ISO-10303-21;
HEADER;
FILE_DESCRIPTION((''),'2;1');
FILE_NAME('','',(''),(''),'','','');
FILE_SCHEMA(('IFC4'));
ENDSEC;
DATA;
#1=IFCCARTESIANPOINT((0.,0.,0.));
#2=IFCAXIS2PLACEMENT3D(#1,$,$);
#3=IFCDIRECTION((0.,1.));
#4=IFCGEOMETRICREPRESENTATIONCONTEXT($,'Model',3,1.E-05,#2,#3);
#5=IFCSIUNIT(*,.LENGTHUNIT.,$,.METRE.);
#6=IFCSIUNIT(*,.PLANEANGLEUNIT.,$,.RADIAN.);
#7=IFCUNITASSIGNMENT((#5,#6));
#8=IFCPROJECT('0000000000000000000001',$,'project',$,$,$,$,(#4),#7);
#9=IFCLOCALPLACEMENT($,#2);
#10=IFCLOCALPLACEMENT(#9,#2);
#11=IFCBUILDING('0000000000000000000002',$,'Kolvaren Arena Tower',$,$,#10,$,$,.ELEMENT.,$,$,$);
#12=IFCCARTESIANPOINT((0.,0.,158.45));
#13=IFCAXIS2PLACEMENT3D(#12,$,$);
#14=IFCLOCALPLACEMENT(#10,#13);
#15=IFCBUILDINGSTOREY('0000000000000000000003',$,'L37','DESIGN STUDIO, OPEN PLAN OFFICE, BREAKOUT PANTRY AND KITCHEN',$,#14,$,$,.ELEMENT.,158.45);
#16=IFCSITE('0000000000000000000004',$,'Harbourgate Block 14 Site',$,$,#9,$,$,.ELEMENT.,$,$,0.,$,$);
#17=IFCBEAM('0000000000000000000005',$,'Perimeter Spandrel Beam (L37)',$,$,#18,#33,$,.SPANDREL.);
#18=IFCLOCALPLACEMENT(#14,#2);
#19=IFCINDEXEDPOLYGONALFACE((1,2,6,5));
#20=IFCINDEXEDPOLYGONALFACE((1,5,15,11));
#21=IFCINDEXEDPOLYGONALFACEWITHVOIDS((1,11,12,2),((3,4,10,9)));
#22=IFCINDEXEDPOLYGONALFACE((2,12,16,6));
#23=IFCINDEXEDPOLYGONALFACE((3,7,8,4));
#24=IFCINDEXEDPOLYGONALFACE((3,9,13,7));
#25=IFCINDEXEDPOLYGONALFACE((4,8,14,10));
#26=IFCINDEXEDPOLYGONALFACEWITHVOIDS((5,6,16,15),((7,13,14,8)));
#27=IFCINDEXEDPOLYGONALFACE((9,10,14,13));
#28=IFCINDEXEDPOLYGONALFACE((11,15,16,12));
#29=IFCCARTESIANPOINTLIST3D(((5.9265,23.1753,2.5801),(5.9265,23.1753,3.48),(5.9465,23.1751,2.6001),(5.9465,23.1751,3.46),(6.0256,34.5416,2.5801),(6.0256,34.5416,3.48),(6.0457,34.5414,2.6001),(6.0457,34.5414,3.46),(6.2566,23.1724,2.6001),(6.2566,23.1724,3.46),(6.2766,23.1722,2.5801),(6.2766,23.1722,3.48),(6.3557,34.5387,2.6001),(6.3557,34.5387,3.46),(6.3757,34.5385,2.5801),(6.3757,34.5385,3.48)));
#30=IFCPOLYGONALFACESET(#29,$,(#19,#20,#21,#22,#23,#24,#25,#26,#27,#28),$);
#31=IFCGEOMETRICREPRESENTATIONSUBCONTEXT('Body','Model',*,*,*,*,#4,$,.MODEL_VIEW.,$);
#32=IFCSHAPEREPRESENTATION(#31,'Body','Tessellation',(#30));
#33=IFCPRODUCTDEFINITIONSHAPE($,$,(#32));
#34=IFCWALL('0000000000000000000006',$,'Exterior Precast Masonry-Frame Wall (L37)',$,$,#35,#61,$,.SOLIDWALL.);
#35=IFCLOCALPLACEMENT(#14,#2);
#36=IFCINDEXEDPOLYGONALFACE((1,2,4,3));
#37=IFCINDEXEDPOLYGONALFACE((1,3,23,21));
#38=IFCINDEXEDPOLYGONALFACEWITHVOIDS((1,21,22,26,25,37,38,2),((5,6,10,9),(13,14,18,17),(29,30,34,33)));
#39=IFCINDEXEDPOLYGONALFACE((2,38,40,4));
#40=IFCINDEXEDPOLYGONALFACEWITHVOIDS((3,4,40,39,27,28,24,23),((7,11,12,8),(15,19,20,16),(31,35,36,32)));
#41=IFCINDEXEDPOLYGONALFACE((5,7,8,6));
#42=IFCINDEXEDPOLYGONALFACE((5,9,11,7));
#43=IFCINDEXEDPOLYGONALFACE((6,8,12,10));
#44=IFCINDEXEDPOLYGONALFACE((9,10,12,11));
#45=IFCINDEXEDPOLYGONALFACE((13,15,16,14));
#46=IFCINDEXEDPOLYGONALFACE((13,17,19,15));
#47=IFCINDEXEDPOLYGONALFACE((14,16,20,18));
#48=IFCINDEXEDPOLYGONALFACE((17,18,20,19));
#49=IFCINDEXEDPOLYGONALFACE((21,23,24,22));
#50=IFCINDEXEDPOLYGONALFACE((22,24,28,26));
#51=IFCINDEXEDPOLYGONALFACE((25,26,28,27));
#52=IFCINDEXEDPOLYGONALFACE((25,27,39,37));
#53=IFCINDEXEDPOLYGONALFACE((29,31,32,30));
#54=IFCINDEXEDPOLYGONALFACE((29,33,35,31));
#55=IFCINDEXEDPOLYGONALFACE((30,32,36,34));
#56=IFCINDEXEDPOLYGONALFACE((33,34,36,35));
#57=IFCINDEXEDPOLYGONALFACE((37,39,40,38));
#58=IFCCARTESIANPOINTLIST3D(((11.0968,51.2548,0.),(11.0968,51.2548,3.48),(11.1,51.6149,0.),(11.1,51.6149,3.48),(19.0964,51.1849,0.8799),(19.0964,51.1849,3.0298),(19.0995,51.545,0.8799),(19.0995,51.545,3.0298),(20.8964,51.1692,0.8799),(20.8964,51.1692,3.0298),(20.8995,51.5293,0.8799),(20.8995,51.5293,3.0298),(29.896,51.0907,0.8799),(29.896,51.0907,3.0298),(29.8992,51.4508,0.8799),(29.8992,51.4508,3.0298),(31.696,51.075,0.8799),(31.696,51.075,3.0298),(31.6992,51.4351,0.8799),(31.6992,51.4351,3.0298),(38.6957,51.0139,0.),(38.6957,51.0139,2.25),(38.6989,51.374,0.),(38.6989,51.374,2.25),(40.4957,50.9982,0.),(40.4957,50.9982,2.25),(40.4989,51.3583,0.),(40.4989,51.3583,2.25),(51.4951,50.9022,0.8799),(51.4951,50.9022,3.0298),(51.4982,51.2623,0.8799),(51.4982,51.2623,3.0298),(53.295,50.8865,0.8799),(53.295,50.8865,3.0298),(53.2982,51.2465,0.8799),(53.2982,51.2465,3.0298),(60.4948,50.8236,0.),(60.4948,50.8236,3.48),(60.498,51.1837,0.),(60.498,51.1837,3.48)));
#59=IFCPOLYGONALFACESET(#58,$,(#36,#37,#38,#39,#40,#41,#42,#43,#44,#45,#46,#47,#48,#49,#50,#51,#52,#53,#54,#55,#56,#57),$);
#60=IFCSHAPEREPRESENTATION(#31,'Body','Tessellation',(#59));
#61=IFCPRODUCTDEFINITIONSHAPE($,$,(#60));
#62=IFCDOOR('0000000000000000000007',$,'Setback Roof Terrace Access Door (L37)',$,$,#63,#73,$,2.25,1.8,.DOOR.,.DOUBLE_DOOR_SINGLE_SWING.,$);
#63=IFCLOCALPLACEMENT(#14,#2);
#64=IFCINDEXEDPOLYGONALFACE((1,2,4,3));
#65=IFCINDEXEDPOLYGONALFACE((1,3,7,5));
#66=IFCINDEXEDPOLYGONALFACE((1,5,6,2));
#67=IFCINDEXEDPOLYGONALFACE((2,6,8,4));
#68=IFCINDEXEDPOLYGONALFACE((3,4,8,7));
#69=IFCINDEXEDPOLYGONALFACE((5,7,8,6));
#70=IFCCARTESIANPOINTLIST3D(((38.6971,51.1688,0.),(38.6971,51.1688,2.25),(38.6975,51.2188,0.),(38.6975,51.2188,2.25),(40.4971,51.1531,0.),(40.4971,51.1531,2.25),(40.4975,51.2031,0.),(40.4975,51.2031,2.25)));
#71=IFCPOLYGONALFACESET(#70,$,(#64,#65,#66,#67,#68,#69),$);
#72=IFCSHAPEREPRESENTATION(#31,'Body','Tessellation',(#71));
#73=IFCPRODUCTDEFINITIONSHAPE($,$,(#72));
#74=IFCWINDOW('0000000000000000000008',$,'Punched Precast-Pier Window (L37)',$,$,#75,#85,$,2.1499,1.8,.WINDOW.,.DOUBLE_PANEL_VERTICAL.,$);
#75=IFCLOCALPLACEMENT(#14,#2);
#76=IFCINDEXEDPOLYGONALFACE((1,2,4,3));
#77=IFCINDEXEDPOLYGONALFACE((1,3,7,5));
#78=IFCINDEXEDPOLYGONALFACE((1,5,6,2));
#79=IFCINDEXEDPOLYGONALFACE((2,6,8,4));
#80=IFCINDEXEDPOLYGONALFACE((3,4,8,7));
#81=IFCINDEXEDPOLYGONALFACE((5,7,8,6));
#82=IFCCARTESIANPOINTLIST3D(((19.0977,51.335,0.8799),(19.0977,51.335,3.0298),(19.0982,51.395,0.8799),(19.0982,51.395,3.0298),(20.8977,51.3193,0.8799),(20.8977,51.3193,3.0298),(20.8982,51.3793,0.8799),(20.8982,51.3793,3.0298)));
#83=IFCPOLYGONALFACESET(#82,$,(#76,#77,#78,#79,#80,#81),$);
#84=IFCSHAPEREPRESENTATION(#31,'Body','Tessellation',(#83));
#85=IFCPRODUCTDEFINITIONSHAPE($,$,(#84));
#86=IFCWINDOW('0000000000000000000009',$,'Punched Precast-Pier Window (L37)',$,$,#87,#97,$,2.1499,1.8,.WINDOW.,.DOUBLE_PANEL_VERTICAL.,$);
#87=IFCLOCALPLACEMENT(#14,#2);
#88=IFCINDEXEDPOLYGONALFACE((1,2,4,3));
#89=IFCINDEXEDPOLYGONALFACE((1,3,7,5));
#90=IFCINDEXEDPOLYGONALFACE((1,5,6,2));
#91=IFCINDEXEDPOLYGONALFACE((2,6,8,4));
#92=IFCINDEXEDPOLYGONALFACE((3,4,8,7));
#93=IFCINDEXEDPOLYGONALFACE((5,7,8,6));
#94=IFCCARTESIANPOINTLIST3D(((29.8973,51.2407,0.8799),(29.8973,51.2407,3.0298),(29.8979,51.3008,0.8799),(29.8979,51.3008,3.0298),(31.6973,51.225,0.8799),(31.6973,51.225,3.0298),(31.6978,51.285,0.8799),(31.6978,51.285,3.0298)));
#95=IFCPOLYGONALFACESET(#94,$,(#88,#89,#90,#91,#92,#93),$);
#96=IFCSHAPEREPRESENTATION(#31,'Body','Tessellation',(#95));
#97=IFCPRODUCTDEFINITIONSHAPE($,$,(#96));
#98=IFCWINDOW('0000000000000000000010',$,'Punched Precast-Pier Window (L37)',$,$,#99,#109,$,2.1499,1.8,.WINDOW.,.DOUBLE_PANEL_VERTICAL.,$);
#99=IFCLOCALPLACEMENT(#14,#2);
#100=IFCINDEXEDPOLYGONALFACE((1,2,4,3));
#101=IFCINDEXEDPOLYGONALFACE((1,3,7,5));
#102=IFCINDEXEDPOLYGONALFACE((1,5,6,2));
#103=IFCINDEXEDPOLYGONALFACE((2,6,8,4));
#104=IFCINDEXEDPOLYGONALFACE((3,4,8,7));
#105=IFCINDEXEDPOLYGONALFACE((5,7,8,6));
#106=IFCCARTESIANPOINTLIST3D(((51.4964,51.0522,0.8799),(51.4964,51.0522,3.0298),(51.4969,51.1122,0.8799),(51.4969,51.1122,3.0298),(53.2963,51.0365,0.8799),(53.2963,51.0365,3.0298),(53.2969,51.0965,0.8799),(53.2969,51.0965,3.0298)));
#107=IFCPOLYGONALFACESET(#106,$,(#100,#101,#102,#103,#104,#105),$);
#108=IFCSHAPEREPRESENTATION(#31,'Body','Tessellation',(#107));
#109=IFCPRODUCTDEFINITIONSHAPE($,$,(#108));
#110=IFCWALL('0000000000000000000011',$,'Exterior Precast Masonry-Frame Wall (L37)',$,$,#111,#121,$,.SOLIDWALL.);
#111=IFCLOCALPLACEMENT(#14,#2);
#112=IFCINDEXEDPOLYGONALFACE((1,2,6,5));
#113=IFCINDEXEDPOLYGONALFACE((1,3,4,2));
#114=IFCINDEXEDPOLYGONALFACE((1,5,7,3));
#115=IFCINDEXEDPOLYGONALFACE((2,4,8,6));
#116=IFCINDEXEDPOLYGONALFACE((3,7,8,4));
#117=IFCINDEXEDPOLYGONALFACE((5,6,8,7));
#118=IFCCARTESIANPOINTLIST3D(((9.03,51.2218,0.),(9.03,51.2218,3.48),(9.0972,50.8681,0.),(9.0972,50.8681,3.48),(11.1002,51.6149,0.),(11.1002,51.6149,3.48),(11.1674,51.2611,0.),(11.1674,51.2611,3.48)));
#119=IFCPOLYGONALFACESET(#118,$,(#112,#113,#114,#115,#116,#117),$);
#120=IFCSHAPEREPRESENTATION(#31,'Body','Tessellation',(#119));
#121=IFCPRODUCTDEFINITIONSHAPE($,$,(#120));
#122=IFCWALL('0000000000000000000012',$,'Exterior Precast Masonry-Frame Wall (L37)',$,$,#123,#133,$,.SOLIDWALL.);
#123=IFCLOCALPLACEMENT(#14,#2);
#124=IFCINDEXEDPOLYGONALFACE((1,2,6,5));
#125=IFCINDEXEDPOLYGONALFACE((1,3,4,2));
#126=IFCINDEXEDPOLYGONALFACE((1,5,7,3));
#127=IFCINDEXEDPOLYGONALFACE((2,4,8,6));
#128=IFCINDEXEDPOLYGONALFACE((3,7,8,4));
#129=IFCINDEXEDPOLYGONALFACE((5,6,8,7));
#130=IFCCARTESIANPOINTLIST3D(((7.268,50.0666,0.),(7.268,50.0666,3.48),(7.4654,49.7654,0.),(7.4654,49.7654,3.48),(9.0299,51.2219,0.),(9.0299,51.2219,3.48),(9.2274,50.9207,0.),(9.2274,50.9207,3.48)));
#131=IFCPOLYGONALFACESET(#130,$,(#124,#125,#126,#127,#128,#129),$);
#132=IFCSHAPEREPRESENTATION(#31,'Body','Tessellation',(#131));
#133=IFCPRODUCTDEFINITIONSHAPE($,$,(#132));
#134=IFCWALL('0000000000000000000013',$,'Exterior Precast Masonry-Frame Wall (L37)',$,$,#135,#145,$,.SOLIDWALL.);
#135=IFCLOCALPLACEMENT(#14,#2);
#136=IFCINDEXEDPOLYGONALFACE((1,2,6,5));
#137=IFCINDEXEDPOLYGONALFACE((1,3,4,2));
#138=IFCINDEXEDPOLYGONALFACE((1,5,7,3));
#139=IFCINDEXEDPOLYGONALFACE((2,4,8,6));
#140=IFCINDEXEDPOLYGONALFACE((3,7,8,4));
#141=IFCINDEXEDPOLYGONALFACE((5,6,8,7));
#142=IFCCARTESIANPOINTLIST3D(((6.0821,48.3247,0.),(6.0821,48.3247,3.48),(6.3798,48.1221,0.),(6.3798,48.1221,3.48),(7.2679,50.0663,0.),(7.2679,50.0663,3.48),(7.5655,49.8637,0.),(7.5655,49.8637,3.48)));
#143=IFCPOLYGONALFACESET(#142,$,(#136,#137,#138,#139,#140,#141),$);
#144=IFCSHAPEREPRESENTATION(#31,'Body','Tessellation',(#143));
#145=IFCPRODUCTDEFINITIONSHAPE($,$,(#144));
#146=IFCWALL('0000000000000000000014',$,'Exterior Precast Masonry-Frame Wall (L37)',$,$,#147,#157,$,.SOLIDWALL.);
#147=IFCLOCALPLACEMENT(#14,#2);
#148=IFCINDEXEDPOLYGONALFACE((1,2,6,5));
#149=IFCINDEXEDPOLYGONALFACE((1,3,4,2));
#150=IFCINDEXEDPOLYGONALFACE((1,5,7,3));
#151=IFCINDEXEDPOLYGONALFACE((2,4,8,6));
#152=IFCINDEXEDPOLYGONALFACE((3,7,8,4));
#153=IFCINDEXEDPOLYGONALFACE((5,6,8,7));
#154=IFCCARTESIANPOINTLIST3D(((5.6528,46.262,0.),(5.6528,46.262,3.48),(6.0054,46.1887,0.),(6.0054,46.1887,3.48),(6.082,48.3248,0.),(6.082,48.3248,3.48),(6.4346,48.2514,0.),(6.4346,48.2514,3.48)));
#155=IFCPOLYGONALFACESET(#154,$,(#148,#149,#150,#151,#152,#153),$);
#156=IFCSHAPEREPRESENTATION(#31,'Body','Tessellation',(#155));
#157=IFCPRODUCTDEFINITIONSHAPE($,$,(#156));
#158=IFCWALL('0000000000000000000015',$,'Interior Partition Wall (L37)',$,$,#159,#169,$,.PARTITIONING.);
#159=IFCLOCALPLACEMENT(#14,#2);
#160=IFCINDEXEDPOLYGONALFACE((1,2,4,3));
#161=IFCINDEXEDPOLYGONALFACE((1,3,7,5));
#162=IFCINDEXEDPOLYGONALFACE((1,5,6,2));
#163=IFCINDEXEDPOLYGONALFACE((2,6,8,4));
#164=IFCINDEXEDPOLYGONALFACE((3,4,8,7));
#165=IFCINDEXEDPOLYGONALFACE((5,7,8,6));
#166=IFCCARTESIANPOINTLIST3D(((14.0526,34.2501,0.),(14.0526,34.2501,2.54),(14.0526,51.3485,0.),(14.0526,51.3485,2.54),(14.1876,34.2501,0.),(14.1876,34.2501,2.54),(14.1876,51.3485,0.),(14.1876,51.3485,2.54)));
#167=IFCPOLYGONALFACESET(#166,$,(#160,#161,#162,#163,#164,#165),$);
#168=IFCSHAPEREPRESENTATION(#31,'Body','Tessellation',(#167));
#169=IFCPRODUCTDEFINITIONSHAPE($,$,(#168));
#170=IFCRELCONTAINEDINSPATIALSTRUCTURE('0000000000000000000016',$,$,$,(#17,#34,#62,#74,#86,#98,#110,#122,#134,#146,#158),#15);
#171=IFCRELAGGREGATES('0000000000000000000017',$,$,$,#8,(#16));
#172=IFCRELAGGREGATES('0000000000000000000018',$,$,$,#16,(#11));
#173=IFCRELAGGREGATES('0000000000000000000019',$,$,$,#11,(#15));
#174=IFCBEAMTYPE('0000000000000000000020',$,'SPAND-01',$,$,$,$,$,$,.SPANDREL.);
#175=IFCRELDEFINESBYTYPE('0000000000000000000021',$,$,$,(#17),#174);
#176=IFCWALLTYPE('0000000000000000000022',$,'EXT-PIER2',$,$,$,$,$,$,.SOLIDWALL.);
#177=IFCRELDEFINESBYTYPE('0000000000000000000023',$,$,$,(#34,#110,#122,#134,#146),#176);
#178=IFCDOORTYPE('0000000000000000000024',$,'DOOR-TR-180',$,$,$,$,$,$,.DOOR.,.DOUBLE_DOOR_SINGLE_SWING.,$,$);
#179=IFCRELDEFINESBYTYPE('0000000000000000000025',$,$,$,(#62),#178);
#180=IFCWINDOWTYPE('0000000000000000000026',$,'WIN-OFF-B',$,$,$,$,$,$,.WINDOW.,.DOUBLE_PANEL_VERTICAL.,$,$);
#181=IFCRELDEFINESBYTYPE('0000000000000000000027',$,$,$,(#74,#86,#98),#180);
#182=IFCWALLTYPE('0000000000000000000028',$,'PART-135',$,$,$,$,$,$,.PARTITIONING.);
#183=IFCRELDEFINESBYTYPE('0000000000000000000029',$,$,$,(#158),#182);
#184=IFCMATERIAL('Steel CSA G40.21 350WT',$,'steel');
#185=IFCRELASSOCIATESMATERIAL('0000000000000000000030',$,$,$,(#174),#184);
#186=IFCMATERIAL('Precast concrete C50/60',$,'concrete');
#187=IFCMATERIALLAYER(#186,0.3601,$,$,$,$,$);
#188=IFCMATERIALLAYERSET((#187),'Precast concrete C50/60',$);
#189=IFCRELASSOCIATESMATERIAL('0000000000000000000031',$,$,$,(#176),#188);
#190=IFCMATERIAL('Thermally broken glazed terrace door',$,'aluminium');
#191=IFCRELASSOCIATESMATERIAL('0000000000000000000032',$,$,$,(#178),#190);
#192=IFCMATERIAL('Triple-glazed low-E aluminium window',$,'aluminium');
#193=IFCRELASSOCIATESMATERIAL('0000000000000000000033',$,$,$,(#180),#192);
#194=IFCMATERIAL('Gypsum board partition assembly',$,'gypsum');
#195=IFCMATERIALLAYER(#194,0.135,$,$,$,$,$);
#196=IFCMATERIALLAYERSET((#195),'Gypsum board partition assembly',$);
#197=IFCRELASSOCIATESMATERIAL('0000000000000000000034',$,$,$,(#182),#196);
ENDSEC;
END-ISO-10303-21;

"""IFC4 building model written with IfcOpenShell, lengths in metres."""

from ifc_helpers import new_model, si_unit, direction, frame, frame_2d, origin, origin_2d, place, context, subcontext, project, spatial, rectangle, hollow_rectangle, extrude, material, layer, layer_set, material_profile, profile_set, type_object, element, fill, save


model = new_model("IFC4")

# Units and contexts
model_context = context("Model", 3, precision=1e-05, world=origin(), true_north=direction((0.0, 1.0)))
body_context = subcontext(model_context, "Body", "Model", "MODEL_VIEW")
ifc_project = project(units=[si_unit("LENGTHUNIT", "METRE"), si_unit("PLANEANGLEUNIT", "RADIAN")], contexts=[model_context])

# Site, building, storey
site_placement = place(None, origin())
site = spatial("IfcSite", under=ifc_project, at=site_placement, Name="Harbourgate Block 14 Site", CompositionType="ELEMENT", RefElevation=0.0)
building_placement = place(site_placement, origin())
building = spatial("IfcBuilding", under=site, at=building_placement, Name="Kolvaren Arena Tower", CompositionType="ELEMENT")
storey_placement = place(building_placement, frame((0.0, 0.0, 158.45)))
storey = spatial("IfcBuildingStorey", under=building, at=storey_placement, Name="L37", Description="DESIGN STUDIO, OPEN PLAN OFFICE, BREAKOUT PANTRY AND KITCHEN", CompositionType="ELEMENT", Elevation=158.45)

# Beam
ifc_material_1 = material(Name="Steel CSA G40.21 350WT", Category="steel")
ifc_material_profile_1 = material_profile(ifc_material_1, hollow_rectangle(XDim=0.3501, YDim=0.8999, WallThickness=0.02, at=origin_2d()), Name="HSS 900x350x20")
ifc_profile_set_1 = profile_set([ifc_material_profile_1], Name="Steel CSA G40.21 350WT")
beam_type_1 = type_object("IfcBeamType", Name="SPAND-01", PredefinedType="SPANDREL", material=ifc_profile_set_1)
for number, where, z_axis, x_axis, name in (
    (1, (6.2007, 34.54, 3.03), (-0.00872, -0.999962, 0.0), (0.999962, -0.00872, 0.0), "Perimeter Spandrel Beam (L37)"),
):
    element("IfcBeam", number, at=place(storey_placement, frame(where, z_axis=z_axis, x_axis=x_axis)), inside=storey, type_object=beam_type_1, Name=name, PredefinedType="SPANDREL", context=body_context, shape_type="SweptSolid", body=[
        extrude(hollow_rectangle(XDim=0.3501, YDim=0.8999, WallThickness=0.02, at=origin_2d()), origin(), (0.0, 0.0, 1.0), 11.3667),
    ])

# Wall, openings, door, windows
ifc_material_2 = material(Name="Precast concrete C50/60", Category="concrete")
ifc_layer_1 = layer(ifc_material_2, 0.3601)
ifc_layer_set_1 = layer_set([ifc_layer_1], Name="Precast concrete C50/60")
wall_type_1 = type_object("IfcWallType", Name="EXT-PIER2", PredefinedType="SOLIDWALL", material=ifc_layer_set_1)
wall_1_placement = place(storey_placement, frame((11.0984, 51.4348, 0.0), z_axis=(0.0, 0.0, 1.0), x_axis=(0.999962, -0.008728, 0.0)))
wall_1 = element("IfcWall", 2, at=wall_1_placement, inside=storey, type_object=wall_type_1, Name="Exterior Precast Masonry-Frame Wall (L37)", PredefinedType="SOLIDWALL", context=body_context, shape_type="SweptSolid", body=[
    extrude(rectangle(XDim=49.3999, YDim=0.3601, at=frame_2d((24.7, 0.0))), origin(), (0.0, 0.0, 1.0), 3.48),
])
opening_1_placement = place(wall_1_placement, frame((27.6001, 0.0, 0.0)))
opening_1 = element("IfcOpeningElement", 3, at=opening_1_placement, cuts=wall_1, PredefinedType="OPENING", context=body_context, shape_type="SweptSolid", body=[
    extrude(rectangle(XDim=1.8, YDim=2.25, at=frame_2d((0.8999, 1.125))), frame((0.0, 0.1899, 0.0), z_axis=(0.0, -1.0, 0.0), x_axis=(1.0, 0.0, 0.0)), (0.0, 0.0, 1.0), 0.3801),
])
opening_2_placement = place(wall_1_placement, frame((8.0, 0.0, 0.8799)))
opening_2 = element("IfcOpeningElement", 4, at=opening_2_placement, cuts=wall_1, PredefinedType="OPENING", context=body_context, shape_type="SweptSolid", body=[
    extrude(rectangle(XDim=1.8, YDim=2.1499, at=frame_2d((0.8999, 1.075))), frame((0.0, 0.1899, 0.0), z_axis=(0.0, -1.0, 0.0), x_axis=(1.0, 0.0, 0.0)), (0.0, 0.0, 1.0), 0.3801),
])
opening_3_placement = place(wall_1_placement, frame((18.8, 0.0, 0.8799)))
opening_3 = element("IfcOpeningElement", 5, at=opening_3_placement, cuts=wall_1, PredefinedType="OPENING", context=body_context, shape_type="SweptSolid", body=[
    extrude(rectangle(XDim=1.8, YDim=2.1499, at=frame_2d((0.8999, 1.075))), frame((0.0, 0.1899, 0.0), z_axis=(0.0, -1.0, 0.0), x_axis=(1.0, 0.0, 0.0)), (0.0, 0.0, 1.0), 0.3801),
])
opening_4_placement = place(wall_1_placement, frame((40.3999, 0.0, 0.8799)))
opening_4 = element("IfcOpeningElement", 6, at=opening_4_placement, cuts=wall_1, PredefinedType="OPENING", context=body_context, shape_type="SweptSolid", body=[
    extrude(rectangle(XDim=1.8, YDim=2.1499, at=frame_2d((0.8999, 1.075))), frame((0.0, 0.1899, 0.0), z_axis=(0.0, -1.0, 0.0), x_axis=(1.0, 0.0, 0.0)), (0.0, 0.0, 1.0), 0.3801),
])
ifc_material_3 = material(Name="Thermally broken glazed terrace door", Category="aluminium")
door_type = type_object("IfcDoorType", Name="DOOR-TR-180", OperationType="DOUBLE_DOOR_SINGLE_SWING", PredefinedType="DOOR", material=ifc_material_3)
door_placement = place(opening_1_placement, origin())
door = element("IfcDoor", 7, at=door_placement, inside=storey, type_object=door_type, Name="Setback Roof Terrace Access Door (L37)", OperationType="DOUBLE_DOOR_SINGLE_SWING", OverallHeight=2.25, OverallWidth=1.8, PredefinedType="DOOR", context=body_context, shape_type="SweptSolid", body=[
    extrude(rectangle(XDim=1.8, YDim=2.25, at=frame_2d((0.8999, 1.125))), frame((0.0, 0.0249, 0.0), z_axis=(0.0, -1.0, 0.0), x_axis=(1.0, 0.0, 0.0)), (0.0, 0.0, 1.0), 0.05),
])
fill(opening_1, door)
ifc_material_4 = material(Name="Triple-glazed low-E aluminium window", Category="aluminium")
window_type = type_object("IfcWindowType", Name="WIN-OFF-B", PartitioningType="DOUBLE_PANEL_VERTICAL", PredefinedType="WINDOW", material=ifc_material_4)
window_1_placement = place(opening_2_placement, origin())
window_1 = element("IfcWindow", 8, at=window_1_placement, inside=storey, type_object=window_type, Name="Punched Precast-Pier Window (L37)", OverallHeight=2.1499, OverallWidth=1.8, PartitioningType="DOUBLE_PANEL_VERTICAL", PredefinedType="WINDOW", context=body_context, shape_type="SweptSolid", body=[
    extrude(rectangle(XDim=1.8, YDim=2.1499, at=frame_2d((0.8999, 1.075))), frame((0.0, 0.03, 0.0), z_axis=(0.0, -1.0, 0.0), x_axis=(1.0, 0.0, 0.0)), (0.0, 0.0, 1.0), 0.0601),
])
fill(opening_2, window_1)
window_2_placement = place(opening_3_placement, origin())
window_2 = element("IfcWindow", 9, at=window_2_placement, inside=storey, type_object=window_type, Name="Punched Precast-Pier Window (L37)", OverallHeight=2.1499, OverallWidth=1.8, PartitioningType="DOUBLE_PANEL_VERTICAL", PredefinedType="WINDOW", context=body_context, shape_type="SweptSolid", body=[
    extrude(rectangle(XDim=1.8, YDim=2.1499, at=frame_2d((0.8999, 1.075))), frame((0.0, 0.03, 0.0), z_axis=(0.0, -1.0, 0.0), x_axis=(1.0, 0.0, 0.0)), (0.0, 0.0, 1.0), 0.0601),
])
fill(opening_3, window_2)
window_3_placement = place(opening_4_placement, origin())
window_3 = element("IfcWindow", 10, at=window_3_placement, inside=storey, type_object=window_type, Name="Punched Precast-Pier Window (L37)", OverallHeight=2.1499, OverallWidth=1.8, PartitioningType="DOUBLE_PANEL_VERTICAL", PredefinedType="WINDOW", context=body_context, shape_type="SweptSolid", body=[
    extrude(rectangle(XDim=1.8, YDim=2.1499, at=frame_2d((0.8999, 1.075))), frame((0.0, 0.03, 0.0), z_axis=(0.0, -1.0, 0.0), x_axis=(1.0, 0.0, 0.0)), (0.0, 0.0, 1.0), 0.0601),
])
fill(opening_4, window_3)

# Walls
wall_2_placement = place(storey_placement, frame((9.0635, 51.0449, 0.0), z_axis=(0.0, 0.0, 1.0), x_axis=(0.982446, 0.186548, 0.0)))
element("IfcWall", 11, at=wall_2_placement, inside=storey, type_object=wall_type_1, Name="Exterior Precast Masonry-Frame Wall (L37)", PredefinedType="SOLIDWALL", context=body_context, shape_type="SweptSolid", body=[
    extrude(rectangle(XDim=2.1072, YDim=0.3601, at=frame_2d((1.0537, 0.0))), origin(), (0.0, 0.0, 1.0), 3.48),
])
for number, where, z_axis, x_axis, name in (
    (12, (7.3667, 49.916, 0.0), (0.0, 0.0, 1.0), (0.836269, 0.54832, 0.0), "Exterior Precast Masonry-Frame Wall (L37)"),
    (13, (6.231, 48.2234, 0.0), (0.0, 0.0, 1.0), (0.562776, 0.82661, 0.0), "Exterior Precast Masonry-Frame Wall (L37)"),
    (14, (5.8291, 46.2253, 0.0), (0.0, 0.0, 1.0), (0.203709, 0.979031, 0.0), "Exterior Precast Masonry-Frame Wall (L37)"),
):
    element("IfcWall", number, at=place(storey_placement, frame(where, z_axis=z_axis, x_axis=x_axis)), inside=storey, type_object=wall_type_1, Name=name, PredefinedType="SOLIDWALL", context=body_context, shape_type="SweptSolid", body=[
        extrude(rectangle(XDim=2.1069, YDim=0.3601, at=frame_2d((1.0535, 0.0))), origin(), (0.0, 0.0, 1.0), 3.48),
    ])
ifc_material_5 = material(Name="Gypsum board partition assembly", Category="gypsum")
ifc_layer_2 = layer(ifc_material_5, 0.135)
ifc_layer_set_2 = layer_set([ifc_layer_2], Name="Gypsum board partition assembly")
wall_type_2 = type_object("IfcWallType", Name="PART-135", PredefinedType="PARTITIONING", material=ifc_layer_set_2)
wall_3_placement = place(storey_placement, frame((14.1201, 34.25, 0.0), z_axis=(0.0, 0.0, 1.0), x_axis=(0.0, 1.0, 0.0)))
element("IfcWall", 15, at=wall_3_placement, inside=storey, type_object=wall_type_2, Name="Interior Partition Wall (L37)", PredefinedType="PARTITIONING", context=body_context, shape_type="SweptSolid", body=[
    extrude(rectangle(XDim=17.0984, YDim=0.135, at=frame_2d((8.5493, 0.0))), origin(), (0.0, 0.0, 1.0), 2.54),
])

save(model, "model.ifc")
